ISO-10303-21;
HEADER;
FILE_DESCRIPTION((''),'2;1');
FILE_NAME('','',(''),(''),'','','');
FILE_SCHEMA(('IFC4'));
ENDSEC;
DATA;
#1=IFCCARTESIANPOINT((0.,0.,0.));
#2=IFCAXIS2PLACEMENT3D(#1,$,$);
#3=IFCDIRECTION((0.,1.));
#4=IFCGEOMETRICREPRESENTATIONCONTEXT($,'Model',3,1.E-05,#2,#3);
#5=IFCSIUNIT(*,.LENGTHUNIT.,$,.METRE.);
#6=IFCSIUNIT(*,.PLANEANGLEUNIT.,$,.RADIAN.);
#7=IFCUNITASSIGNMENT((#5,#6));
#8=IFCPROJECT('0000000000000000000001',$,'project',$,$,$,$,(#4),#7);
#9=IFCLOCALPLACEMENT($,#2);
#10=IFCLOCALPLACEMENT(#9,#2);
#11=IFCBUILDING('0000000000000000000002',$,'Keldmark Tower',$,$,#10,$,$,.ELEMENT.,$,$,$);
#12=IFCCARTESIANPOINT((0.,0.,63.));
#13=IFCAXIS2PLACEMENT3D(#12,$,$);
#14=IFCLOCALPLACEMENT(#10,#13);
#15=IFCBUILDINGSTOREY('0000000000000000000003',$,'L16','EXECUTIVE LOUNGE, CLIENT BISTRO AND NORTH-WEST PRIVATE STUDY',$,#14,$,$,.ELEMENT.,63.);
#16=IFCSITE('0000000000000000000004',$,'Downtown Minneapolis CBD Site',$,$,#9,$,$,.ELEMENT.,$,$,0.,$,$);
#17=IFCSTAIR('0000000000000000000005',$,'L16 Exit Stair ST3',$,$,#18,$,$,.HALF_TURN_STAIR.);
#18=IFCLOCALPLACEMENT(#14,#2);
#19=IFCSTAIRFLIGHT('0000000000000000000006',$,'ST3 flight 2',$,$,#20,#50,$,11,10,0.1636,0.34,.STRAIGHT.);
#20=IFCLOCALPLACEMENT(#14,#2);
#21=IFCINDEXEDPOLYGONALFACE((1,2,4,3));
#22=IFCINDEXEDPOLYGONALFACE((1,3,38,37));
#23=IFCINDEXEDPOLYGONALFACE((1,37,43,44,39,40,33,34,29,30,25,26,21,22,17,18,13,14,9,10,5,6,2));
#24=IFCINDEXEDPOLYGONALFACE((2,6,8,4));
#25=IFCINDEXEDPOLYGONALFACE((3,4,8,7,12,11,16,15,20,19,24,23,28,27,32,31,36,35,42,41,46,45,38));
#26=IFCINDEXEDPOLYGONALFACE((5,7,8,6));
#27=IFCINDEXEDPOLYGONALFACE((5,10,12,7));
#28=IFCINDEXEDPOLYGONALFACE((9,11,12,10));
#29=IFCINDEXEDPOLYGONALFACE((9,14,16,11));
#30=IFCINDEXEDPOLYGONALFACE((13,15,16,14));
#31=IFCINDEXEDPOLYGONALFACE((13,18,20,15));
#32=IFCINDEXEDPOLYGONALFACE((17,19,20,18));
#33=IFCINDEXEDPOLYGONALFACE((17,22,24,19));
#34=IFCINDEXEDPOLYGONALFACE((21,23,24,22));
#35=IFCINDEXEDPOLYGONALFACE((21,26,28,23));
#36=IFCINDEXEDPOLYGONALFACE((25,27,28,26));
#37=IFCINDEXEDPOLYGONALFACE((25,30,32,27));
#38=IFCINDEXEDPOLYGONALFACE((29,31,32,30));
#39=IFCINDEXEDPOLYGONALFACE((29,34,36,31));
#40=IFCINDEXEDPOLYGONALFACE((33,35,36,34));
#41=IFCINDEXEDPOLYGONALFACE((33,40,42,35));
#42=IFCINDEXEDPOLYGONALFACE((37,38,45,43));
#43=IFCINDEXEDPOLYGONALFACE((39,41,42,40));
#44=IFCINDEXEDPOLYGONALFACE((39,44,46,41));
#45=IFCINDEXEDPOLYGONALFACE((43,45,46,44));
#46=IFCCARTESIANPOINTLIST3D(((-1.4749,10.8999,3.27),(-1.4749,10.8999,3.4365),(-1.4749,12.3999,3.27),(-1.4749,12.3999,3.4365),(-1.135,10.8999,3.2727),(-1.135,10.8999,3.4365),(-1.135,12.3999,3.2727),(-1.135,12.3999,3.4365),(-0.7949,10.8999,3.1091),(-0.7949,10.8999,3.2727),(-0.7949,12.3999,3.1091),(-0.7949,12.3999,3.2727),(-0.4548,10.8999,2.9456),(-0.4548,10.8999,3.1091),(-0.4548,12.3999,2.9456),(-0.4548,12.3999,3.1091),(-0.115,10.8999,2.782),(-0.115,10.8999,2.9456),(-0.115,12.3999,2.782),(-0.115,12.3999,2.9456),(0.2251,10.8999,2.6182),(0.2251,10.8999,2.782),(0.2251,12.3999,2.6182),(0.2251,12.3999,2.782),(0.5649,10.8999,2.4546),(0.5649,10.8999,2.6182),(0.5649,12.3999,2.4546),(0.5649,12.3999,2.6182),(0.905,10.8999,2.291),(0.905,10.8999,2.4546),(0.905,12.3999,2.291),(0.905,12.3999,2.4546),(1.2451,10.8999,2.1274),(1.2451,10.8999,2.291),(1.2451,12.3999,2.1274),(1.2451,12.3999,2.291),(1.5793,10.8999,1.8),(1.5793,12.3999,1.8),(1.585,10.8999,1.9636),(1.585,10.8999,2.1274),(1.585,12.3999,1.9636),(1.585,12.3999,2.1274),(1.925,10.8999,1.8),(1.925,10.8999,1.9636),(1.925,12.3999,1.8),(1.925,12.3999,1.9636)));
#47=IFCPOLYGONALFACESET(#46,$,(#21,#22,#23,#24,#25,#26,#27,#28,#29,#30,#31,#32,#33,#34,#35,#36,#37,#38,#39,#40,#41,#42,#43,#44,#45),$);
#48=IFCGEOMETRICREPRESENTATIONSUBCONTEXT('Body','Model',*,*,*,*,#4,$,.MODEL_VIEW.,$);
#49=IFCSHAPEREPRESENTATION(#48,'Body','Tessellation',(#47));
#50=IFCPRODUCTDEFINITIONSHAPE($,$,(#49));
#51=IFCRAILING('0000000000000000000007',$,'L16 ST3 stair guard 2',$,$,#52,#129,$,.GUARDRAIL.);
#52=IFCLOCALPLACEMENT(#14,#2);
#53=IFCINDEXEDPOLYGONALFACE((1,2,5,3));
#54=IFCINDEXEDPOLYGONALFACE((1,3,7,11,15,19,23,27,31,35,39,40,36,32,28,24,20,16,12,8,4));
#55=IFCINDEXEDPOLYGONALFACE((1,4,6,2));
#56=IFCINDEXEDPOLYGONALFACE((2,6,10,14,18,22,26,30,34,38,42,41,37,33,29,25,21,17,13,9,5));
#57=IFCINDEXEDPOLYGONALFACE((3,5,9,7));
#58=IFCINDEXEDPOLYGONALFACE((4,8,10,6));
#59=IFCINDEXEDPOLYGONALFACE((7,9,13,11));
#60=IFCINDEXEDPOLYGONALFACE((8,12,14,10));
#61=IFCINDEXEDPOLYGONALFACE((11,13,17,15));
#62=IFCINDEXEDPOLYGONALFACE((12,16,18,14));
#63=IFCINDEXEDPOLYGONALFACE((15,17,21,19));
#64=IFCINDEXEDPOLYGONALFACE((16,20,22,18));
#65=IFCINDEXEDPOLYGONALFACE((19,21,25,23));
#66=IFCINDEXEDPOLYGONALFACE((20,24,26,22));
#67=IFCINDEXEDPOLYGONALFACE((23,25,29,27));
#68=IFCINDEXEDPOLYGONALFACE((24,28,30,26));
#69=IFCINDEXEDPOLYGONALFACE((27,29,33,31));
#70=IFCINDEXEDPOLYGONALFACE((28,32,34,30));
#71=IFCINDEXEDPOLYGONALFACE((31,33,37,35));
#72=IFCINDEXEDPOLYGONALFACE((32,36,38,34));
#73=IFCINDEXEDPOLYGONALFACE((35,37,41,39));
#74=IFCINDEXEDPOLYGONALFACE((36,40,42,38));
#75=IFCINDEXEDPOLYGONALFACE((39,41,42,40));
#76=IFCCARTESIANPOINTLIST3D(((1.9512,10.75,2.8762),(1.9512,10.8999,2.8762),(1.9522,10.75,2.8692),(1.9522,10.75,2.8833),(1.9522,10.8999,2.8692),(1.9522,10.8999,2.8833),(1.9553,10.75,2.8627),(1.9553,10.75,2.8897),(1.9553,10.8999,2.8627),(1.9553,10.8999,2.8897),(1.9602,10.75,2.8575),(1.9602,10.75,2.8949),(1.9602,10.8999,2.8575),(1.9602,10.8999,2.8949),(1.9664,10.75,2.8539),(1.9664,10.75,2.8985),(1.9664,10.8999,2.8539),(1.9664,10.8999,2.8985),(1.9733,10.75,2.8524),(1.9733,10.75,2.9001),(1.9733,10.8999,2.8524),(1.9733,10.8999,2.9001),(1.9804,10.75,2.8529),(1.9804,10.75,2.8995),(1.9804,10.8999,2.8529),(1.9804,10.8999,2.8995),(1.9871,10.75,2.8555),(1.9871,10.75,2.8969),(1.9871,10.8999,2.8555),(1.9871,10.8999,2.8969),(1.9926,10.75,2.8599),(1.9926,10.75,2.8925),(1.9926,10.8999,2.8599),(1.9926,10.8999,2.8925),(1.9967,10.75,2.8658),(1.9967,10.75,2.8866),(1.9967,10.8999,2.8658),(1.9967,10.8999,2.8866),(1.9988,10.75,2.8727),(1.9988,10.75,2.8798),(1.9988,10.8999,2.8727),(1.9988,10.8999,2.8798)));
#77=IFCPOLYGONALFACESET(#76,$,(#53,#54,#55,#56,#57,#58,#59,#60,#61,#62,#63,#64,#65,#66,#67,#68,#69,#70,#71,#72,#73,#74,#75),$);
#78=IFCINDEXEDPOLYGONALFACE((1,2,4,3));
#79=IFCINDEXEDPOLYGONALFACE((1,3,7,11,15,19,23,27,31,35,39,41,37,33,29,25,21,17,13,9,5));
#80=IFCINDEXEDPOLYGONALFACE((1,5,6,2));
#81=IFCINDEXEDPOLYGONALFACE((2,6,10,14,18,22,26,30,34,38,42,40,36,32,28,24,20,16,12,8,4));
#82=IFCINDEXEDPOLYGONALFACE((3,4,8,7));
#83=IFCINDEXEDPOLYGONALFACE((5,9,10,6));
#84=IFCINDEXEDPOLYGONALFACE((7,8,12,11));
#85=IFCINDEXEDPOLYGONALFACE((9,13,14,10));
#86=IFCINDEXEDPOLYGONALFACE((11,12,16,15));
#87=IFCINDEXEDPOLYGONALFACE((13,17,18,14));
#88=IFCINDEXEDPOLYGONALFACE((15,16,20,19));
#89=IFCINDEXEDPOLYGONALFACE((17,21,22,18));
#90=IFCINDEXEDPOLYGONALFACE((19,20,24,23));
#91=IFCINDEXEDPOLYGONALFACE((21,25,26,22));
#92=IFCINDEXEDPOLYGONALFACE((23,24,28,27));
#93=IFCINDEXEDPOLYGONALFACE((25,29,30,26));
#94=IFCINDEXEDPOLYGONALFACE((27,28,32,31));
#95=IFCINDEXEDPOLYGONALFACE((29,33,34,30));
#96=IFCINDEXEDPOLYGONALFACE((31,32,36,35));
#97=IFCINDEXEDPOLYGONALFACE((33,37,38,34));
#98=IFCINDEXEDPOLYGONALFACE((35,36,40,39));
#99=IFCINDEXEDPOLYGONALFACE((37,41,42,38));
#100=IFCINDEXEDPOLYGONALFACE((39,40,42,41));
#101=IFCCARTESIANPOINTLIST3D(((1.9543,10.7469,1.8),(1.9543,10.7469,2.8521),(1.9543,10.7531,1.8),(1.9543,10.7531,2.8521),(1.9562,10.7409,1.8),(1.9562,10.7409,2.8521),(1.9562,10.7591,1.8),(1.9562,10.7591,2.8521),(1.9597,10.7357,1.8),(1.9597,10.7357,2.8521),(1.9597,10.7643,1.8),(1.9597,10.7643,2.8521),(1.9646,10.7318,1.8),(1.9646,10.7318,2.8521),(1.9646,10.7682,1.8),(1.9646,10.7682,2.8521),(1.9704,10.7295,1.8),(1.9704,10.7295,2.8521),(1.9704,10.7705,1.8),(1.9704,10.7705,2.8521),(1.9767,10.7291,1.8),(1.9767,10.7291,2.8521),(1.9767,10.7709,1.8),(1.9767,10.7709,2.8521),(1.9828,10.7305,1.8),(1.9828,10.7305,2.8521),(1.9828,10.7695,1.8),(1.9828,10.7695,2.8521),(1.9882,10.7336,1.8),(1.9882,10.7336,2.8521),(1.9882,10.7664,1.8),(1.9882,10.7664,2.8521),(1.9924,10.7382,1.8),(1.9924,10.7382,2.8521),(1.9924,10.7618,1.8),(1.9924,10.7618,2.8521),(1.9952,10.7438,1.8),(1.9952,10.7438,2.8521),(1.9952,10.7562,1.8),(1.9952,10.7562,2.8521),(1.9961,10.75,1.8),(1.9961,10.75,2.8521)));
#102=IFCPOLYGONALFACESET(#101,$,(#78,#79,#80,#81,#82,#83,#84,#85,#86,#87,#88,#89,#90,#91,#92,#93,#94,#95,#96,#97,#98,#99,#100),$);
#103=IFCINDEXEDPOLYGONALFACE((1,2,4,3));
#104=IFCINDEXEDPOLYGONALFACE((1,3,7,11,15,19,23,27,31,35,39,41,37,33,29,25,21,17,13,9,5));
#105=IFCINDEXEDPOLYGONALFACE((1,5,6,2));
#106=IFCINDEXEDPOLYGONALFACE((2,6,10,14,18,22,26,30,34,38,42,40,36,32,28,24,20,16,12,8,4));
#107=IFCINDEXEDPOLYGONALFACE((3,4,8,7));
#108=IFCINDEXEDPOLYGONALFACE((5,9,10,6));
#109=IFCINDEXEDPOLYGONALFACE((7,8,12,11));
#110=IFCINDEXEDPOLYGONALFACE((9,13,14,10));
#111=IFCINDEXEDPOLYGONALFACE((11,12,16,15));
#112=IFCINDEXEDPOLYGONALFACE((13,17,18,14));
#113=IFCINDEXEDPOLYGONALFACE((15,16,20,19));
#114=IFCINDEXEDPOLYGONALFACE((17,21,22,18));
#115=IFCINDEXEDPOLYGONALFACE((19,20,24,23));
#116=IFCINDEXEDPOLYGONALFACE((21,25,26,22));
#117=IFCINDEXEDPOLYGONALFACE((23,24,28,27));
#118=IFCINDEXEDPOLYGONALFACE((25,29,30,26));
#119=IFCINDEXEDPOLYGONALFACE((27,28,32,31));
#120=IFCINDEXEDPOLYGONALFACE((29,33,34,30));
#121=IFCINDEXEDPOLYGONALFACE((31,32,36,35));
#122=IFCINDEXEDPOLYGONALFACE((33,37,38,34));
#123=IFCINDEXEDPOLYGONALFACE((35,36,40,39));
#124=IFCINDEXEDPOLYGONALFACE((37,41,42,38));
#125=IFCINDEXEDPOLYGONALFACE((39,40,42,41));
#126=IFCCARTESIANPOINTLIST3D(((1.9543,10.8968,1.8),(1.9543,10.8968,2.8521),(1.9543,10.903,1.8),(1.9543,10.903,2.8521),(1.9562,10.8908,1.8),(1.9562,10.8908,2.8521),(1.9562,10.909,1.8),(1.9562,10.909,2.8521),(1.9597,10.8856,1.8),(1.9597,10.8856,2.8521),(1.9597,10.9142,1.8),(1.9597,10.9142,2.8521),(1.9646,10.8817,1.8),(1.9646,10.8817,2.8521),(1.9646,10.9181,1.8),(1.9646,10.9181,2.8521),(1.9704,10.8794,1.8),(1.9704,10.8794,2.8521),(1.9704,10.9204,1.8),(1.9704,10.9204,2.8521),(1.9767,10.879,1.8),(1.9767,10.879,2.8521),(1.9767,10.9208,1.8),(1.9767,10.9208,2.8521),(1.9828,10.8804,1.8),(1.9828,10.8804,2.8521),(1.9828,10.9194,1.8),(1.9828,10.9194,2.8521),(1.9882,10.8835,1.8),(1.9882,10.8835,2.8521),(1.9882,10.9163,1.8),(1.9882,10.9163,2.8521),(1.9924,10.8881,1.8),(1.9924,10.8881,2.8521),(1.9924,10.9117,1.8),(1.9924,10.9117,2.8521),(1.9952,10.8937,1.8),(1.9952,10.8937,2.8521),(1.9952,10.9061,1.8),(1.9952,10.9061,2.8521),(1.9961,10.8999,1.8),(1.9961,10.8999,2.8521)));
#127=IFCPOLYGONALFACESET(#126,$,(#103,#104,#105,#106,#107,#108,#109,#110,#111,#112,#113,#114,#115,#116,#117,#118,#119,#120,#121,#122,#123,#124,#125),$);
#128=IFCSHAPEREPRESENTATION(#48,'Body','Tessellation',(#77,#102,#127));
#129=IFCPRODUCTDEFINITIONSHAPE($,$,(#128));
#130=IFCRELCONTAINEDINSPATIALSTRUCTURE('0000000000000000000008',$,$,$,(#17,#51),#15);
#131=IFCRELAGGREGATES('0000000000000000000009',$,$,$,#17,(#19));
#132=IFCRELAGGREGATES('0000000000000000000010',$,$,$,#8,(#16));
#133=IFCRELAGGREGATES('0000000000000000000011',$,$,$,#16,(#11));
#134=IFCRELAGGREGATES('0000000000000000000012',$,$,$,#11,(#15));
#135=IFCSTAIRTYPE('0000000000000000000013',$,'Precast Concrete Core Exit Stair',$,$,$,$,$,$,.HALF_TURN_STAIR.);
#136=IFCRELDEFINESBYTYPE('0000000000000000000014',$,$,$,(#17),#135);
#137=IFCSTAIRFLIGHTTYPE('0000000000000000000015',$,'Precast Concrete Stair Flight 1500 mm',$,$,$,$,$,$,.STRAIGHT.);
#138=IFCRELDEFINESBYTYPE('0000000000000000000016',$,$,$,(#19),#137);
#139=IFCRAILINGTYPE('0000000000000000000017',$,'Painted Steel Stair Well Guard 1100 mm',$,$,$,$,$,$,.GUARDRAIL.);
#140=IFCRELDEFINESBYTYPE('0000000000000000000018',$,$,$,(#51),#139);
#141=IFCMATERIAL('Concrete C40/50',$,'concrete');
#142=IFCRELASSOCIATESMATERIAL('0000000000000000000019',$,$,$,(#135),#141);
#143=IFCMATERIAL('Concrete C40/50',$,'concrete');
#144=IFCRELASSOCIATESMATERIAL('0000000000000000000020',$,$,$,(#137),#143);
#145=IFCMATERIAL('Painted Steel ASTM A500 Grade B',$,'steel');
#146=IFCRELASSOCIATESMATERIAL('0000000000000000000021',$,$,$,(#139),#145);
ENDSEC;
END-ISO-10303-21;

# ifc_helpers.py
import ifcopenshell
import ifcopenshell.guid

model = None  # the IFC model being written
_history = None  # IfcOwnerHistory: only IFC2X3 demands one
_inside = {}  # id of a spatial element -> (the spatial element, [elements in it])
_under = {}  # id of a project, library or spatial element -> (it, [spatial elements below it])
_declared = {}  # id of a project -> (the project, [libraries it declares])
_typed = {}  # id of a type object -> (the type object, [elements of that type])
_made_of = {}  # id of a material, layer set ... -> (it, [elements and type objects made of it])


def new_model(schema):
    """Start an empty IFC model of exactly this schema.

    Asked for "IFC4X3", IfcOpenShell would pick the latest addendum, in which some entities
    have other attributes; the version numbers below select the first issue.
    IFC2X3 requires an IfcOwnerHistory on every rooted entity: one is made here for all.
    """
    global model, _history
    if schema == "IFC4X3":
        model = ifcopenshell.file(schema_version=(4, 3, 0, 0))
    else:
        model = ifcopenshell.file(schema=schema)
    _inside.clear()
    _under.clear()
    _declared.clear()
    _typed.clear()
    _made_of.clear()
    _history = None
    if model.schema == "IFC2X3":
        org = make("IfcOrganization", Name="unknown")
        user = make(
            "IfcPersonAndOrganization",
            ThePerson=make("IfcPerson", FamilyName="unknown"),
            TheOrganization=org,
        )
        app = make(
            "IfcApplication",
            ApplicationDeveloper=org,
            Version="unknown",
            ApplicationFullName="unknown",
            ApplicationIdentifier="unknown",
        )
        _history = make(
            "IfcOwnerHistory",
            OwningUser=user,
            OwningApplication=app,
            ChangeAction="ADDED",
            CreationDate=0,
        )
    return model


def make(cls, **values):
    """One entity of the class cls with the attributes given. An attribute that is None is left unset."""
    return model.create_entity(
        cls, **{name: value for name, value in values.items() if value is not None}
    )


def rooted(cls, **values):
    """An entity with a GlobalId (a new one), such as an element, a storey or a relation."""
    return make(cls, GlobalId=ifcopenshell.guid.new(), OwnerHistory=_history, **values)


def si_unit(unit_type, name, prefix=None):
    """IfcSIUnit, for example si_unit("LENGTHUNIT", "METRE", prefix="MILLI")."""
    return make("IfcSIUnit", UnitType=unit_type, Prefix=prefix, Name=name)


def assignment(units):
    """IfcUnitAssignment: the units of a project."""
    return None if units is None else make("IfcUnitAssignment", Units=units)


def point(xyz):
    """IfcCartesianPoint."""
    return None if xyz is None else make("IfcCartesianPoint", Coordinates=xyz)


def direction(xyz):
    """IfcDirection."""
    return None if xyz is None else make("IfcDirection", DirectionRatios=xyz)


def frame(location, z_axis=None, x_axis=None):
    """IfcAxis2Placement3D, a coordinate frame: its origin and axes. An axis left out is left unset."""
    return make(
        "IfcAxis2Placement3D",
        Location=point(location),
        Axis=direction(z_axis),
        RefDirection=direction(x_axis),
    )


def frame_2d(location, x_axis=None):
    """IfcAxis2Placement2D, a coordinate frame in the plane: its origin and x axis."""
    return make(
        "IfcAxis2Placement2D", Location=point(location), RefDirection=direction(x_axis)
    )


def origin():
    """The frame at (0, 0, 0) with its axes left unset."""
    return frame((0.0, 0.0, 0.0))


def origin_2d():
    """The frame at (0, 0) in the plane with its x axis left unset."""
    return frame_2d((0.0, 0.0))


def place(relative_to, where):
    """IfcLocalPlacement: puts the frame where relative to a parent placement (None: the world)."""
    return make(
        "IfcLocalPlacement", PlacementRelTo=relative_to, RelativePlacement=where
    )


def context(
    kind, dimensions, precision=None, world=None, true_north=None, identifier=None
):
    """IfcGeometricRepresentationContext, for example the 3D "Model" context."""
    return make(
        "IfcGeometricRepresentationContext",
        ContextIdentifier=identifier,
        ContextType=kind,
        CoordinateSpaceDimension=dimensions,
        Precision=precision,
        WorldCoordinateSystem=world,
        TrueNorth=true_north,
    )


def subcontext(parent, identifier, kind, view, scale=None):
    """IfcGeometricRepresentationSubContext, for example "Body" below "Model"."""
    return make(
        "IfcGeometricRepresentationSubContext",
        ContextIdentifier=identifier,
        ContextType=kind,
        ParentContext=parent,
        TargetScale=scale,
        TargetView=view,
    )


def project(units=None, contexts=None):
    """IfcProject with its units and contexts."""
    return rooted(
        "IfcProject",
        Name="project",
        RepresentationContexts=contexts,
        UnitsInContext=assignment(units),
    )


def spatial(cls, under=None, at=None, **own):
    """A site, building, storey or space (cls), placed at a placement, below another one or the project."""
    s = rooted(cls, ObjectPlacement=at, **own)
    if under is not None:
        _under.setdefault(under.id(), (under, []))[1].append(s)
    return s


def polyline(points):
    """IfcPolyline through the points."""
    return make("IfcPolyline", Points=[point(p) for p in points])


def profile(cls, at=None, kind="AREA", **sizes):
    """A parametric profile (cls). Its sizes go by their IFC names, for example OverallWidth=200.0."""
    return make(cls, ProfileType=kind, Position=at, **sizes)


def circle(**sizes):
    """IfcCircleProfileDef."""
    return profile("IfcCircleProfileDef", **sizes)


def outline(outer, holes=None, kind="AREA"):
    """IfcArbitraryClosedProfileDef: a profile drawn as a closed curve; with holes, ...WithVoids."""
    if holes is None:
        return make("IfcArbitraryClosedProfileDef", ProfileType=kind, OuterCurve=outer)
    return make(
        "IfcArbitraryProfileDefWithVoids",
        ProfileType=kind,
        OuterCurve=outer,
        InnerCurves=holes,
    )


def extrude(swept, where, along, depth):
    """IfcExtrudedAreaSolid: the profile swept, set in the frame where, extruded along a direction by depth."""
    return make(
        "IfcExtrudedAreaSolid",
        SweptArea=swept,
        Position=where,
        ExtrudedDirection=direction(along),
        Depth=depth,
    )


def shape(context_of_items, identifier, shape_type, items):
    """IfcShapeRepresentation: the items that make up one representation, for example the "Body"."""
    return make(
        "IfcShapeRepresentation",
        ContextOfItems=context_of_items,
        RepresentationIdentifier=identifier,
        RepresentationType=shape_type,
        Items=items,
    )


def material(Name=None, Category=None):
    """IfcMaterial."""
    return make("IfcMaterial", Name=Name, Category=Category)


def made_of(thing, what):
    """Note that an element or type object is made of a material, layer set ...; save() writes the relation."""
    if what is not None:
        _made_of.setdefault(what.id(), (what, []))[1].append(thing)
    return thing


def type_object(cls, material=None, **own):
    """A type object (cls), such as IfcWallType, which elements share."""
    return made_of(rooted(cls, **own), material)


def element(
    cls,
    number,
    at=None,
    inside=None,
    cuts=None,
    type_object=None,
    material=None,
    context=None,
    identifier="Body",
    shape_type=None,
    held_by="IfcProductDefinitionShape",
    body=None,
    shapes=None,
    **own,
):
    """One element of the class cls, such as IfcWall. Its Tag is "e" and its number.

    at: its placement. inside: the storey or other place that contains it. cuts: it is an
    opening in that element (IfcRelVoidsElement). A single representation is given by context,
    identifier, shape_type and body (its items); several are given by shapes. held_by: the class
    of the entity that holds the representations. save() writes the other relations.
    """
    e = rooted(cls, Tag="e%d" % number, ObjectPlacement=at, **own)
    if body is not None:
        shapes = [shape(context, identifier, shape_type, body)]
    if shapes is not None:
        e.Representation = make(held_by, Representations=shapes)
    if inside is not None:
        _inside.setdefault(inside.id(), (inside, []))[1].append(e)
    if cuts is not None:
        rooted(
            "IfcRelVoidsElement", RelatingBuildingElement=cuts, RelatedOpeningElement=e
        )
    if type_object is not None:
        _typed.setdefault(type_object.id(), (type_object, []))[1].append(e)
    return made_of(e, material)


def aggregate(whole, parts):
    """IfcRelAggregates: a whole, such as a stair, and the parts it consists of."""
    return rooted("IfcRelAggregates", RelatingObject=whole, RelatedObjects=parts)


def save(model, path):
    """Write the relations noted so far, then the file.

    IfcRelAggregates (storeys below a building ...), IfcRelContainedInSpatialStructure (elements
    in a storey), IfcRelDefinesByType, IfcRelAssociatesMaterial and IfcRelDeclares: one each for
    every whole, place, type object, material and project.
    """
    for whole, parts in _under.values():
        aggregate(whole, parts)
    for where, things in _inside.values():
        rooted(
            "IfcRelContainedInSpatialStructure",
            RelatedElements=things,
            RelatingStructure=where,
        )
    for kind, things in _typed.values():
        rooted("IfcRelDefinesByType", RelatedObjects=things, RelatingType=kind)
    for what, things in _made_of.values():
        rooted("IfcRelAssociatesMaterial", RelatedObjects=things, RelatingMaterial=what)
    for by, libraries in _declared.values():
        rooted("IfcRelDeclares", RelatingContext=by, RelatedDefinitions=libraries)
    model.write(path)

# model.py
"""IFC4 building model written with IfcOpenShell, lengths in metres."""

from ifc_helpers import new_model, si_unit, direction, frame, origin, origin_2d, place, context, subcontext, project, spatial, polyline, circle, outline, extrude, material, type_object, element, aggregate, save


model = new_model("IFC4")

# Units and contexts
model_context = context("Model", 3, precision=1e-05, world=origin(), true_north=direction((0.0, 1.0)))
body_context = subcontext(model_context, "Body", "Model", "MODEL_VIEW")
ifc_project = project(units=[si_unit("LENGTHUNIT", "METRE"), si_unit("PLANEANGLEUNIT", "RADIAN")], contexts=[model_context])

# Site, building, storey
site_placement = place(None, origin())
site = spatial("IfcSite", under=ifc_project, at=site_placement, Name="Downtown Minneapolis CBD Site", CompositionType="ELEMENT", RefElevation=0.0)
building_placement = place(site_placement, origin())
building = spatial("IfcBuilding", under=site, at=building_placement, Name="Keldmark Tower", CompositionType="ELEMENT")
storey_placement = place(building_placement, frame((0.0, 0.0, 63.0)))
storey = spatial("IfcBuildingStorey", under=building, at=storey_placement, Name="L16", Description="EXECUTIVE LOUNGE, CLIENT BISTRO AND NORTH-WEST PRIVATE STUDY", CompositionType="ELEMENT", Elevation=63.0)

# Stair, stair flight
ifc_material_1 = material(Name="Concrete C40/50", Category="concrete")
stair_type = type_object("IfcStairType", Name="Precast Concrete Core Exit Stair", PredefinedType="HALF_TURN_STAIR", material=ifc_material_1)
stair_placement = place(storey_placement, origin())
stair = element("IfcStair", 1, at=stair_placement, inside=storey, type_object=stair_type, Name="L16 Exit Stair ST3", PredefinedType="HALF_TURN_STAIR")
ifc_material_2 = material(Name="Concrete C40/50", Category="concrete")
stair_flight_type = type_object("IfcStairFlightType", Name="Precast Concrete Stair Flight 1500 mm", PredefinedType="STRAIGHT", material=ifc_material_2)
stair_flight_placement = place(storey_placement, frame((1.925, 11.6499, 1.8), z_axis=(0.0, 0.0, 1.0), x_axis=(-1.0, 0.0, 0.0)))
stair_flight = element("IfcStairFlight", 2, at=stair_flight_placement, type_object=stair_flight_type, Name="ST3 flight 2", NumberOfRisers=11, NumberOfTreads=10, PredefinedType="STRAIGHT", RiserHeight=0.1636, TreadLength=0.34, context=body_context, shape_type="SweptSolid", body=[
    extrude(outline(polyline([(0.0, 0.0), (0.0, 0.1636), (0.3401, 0.1636), (0.3401, 0.3274), (0.6799, 0.3274), (0.6799, 0.491), (1.02, 0.491), (1.02, 0.6545), (1.3601, 0.6545), (1.3601, 0.8181), (1.7, 0.8181), (1.7, 0.9819), (2.04, 0.9819), (2.04, 1.1455), (2.3799, 1.1455), (2.3799, 1.3091), (2.72, 1.3091), (2.72, 1.4727), (3.0601, 1.4727), (3.0601, 1.6365), (3.3999, 1.6365), (3.3999, 1.8), (3.3999, 1.47), (0.3457, 0.0), (0.0, 0.0)])), frame((0.0, 0.75, 0.0), z_axis=(0.0, -1.0, 0.0), x_axis=(1.0, 0.0, 0.0)), (0.0, 0.0, 1.0), 1.5),
])
aggregate(stair, [stair_flight])

# Railing
ifc_material_3 = material(Name="Painted Steel ASTM A500 Grade B", Category="steel")
railing_type_1 = type_object("IfcRailingType", Name="Painted Steel Stair Well Guard 1100 mm", PredefinedType="GUARDRAIL", material=ifc_material_3)
railing_1_placement = place(storey_placement, frame((1.9751, 10.75, 1.8)))
element("IfcRailing", 3, at=railing_1_placement, inside=storey, type_object=railing_type_1, Name="L16 ST3 stair guard 2", PredefinedType="GUARDRAIL", context=body_context, shape_type="SweptSolid", body=[
    extrude(circle(Radius=0.0239, at=origin_2d()), frame((0.0, 0.0, 1.0762), z_axis=(0.0, 1.0, 0.0), x_axis=(-1.0, 0.0, 0.0)), (0.0, 0.0, 1.0), 0.1499),
    extrude(circle(Radius=0.021, at=origin_2d()), origin(), (0.0, 0.0, 1.0), 1.052),
    extrude(circle(Radius=0.021, at=origin_2d()), frame((0.0, 0.1499, 0.0)), (0.0, 0.0, 1.0), 1.052),
])

save(model, "model.ifc")
